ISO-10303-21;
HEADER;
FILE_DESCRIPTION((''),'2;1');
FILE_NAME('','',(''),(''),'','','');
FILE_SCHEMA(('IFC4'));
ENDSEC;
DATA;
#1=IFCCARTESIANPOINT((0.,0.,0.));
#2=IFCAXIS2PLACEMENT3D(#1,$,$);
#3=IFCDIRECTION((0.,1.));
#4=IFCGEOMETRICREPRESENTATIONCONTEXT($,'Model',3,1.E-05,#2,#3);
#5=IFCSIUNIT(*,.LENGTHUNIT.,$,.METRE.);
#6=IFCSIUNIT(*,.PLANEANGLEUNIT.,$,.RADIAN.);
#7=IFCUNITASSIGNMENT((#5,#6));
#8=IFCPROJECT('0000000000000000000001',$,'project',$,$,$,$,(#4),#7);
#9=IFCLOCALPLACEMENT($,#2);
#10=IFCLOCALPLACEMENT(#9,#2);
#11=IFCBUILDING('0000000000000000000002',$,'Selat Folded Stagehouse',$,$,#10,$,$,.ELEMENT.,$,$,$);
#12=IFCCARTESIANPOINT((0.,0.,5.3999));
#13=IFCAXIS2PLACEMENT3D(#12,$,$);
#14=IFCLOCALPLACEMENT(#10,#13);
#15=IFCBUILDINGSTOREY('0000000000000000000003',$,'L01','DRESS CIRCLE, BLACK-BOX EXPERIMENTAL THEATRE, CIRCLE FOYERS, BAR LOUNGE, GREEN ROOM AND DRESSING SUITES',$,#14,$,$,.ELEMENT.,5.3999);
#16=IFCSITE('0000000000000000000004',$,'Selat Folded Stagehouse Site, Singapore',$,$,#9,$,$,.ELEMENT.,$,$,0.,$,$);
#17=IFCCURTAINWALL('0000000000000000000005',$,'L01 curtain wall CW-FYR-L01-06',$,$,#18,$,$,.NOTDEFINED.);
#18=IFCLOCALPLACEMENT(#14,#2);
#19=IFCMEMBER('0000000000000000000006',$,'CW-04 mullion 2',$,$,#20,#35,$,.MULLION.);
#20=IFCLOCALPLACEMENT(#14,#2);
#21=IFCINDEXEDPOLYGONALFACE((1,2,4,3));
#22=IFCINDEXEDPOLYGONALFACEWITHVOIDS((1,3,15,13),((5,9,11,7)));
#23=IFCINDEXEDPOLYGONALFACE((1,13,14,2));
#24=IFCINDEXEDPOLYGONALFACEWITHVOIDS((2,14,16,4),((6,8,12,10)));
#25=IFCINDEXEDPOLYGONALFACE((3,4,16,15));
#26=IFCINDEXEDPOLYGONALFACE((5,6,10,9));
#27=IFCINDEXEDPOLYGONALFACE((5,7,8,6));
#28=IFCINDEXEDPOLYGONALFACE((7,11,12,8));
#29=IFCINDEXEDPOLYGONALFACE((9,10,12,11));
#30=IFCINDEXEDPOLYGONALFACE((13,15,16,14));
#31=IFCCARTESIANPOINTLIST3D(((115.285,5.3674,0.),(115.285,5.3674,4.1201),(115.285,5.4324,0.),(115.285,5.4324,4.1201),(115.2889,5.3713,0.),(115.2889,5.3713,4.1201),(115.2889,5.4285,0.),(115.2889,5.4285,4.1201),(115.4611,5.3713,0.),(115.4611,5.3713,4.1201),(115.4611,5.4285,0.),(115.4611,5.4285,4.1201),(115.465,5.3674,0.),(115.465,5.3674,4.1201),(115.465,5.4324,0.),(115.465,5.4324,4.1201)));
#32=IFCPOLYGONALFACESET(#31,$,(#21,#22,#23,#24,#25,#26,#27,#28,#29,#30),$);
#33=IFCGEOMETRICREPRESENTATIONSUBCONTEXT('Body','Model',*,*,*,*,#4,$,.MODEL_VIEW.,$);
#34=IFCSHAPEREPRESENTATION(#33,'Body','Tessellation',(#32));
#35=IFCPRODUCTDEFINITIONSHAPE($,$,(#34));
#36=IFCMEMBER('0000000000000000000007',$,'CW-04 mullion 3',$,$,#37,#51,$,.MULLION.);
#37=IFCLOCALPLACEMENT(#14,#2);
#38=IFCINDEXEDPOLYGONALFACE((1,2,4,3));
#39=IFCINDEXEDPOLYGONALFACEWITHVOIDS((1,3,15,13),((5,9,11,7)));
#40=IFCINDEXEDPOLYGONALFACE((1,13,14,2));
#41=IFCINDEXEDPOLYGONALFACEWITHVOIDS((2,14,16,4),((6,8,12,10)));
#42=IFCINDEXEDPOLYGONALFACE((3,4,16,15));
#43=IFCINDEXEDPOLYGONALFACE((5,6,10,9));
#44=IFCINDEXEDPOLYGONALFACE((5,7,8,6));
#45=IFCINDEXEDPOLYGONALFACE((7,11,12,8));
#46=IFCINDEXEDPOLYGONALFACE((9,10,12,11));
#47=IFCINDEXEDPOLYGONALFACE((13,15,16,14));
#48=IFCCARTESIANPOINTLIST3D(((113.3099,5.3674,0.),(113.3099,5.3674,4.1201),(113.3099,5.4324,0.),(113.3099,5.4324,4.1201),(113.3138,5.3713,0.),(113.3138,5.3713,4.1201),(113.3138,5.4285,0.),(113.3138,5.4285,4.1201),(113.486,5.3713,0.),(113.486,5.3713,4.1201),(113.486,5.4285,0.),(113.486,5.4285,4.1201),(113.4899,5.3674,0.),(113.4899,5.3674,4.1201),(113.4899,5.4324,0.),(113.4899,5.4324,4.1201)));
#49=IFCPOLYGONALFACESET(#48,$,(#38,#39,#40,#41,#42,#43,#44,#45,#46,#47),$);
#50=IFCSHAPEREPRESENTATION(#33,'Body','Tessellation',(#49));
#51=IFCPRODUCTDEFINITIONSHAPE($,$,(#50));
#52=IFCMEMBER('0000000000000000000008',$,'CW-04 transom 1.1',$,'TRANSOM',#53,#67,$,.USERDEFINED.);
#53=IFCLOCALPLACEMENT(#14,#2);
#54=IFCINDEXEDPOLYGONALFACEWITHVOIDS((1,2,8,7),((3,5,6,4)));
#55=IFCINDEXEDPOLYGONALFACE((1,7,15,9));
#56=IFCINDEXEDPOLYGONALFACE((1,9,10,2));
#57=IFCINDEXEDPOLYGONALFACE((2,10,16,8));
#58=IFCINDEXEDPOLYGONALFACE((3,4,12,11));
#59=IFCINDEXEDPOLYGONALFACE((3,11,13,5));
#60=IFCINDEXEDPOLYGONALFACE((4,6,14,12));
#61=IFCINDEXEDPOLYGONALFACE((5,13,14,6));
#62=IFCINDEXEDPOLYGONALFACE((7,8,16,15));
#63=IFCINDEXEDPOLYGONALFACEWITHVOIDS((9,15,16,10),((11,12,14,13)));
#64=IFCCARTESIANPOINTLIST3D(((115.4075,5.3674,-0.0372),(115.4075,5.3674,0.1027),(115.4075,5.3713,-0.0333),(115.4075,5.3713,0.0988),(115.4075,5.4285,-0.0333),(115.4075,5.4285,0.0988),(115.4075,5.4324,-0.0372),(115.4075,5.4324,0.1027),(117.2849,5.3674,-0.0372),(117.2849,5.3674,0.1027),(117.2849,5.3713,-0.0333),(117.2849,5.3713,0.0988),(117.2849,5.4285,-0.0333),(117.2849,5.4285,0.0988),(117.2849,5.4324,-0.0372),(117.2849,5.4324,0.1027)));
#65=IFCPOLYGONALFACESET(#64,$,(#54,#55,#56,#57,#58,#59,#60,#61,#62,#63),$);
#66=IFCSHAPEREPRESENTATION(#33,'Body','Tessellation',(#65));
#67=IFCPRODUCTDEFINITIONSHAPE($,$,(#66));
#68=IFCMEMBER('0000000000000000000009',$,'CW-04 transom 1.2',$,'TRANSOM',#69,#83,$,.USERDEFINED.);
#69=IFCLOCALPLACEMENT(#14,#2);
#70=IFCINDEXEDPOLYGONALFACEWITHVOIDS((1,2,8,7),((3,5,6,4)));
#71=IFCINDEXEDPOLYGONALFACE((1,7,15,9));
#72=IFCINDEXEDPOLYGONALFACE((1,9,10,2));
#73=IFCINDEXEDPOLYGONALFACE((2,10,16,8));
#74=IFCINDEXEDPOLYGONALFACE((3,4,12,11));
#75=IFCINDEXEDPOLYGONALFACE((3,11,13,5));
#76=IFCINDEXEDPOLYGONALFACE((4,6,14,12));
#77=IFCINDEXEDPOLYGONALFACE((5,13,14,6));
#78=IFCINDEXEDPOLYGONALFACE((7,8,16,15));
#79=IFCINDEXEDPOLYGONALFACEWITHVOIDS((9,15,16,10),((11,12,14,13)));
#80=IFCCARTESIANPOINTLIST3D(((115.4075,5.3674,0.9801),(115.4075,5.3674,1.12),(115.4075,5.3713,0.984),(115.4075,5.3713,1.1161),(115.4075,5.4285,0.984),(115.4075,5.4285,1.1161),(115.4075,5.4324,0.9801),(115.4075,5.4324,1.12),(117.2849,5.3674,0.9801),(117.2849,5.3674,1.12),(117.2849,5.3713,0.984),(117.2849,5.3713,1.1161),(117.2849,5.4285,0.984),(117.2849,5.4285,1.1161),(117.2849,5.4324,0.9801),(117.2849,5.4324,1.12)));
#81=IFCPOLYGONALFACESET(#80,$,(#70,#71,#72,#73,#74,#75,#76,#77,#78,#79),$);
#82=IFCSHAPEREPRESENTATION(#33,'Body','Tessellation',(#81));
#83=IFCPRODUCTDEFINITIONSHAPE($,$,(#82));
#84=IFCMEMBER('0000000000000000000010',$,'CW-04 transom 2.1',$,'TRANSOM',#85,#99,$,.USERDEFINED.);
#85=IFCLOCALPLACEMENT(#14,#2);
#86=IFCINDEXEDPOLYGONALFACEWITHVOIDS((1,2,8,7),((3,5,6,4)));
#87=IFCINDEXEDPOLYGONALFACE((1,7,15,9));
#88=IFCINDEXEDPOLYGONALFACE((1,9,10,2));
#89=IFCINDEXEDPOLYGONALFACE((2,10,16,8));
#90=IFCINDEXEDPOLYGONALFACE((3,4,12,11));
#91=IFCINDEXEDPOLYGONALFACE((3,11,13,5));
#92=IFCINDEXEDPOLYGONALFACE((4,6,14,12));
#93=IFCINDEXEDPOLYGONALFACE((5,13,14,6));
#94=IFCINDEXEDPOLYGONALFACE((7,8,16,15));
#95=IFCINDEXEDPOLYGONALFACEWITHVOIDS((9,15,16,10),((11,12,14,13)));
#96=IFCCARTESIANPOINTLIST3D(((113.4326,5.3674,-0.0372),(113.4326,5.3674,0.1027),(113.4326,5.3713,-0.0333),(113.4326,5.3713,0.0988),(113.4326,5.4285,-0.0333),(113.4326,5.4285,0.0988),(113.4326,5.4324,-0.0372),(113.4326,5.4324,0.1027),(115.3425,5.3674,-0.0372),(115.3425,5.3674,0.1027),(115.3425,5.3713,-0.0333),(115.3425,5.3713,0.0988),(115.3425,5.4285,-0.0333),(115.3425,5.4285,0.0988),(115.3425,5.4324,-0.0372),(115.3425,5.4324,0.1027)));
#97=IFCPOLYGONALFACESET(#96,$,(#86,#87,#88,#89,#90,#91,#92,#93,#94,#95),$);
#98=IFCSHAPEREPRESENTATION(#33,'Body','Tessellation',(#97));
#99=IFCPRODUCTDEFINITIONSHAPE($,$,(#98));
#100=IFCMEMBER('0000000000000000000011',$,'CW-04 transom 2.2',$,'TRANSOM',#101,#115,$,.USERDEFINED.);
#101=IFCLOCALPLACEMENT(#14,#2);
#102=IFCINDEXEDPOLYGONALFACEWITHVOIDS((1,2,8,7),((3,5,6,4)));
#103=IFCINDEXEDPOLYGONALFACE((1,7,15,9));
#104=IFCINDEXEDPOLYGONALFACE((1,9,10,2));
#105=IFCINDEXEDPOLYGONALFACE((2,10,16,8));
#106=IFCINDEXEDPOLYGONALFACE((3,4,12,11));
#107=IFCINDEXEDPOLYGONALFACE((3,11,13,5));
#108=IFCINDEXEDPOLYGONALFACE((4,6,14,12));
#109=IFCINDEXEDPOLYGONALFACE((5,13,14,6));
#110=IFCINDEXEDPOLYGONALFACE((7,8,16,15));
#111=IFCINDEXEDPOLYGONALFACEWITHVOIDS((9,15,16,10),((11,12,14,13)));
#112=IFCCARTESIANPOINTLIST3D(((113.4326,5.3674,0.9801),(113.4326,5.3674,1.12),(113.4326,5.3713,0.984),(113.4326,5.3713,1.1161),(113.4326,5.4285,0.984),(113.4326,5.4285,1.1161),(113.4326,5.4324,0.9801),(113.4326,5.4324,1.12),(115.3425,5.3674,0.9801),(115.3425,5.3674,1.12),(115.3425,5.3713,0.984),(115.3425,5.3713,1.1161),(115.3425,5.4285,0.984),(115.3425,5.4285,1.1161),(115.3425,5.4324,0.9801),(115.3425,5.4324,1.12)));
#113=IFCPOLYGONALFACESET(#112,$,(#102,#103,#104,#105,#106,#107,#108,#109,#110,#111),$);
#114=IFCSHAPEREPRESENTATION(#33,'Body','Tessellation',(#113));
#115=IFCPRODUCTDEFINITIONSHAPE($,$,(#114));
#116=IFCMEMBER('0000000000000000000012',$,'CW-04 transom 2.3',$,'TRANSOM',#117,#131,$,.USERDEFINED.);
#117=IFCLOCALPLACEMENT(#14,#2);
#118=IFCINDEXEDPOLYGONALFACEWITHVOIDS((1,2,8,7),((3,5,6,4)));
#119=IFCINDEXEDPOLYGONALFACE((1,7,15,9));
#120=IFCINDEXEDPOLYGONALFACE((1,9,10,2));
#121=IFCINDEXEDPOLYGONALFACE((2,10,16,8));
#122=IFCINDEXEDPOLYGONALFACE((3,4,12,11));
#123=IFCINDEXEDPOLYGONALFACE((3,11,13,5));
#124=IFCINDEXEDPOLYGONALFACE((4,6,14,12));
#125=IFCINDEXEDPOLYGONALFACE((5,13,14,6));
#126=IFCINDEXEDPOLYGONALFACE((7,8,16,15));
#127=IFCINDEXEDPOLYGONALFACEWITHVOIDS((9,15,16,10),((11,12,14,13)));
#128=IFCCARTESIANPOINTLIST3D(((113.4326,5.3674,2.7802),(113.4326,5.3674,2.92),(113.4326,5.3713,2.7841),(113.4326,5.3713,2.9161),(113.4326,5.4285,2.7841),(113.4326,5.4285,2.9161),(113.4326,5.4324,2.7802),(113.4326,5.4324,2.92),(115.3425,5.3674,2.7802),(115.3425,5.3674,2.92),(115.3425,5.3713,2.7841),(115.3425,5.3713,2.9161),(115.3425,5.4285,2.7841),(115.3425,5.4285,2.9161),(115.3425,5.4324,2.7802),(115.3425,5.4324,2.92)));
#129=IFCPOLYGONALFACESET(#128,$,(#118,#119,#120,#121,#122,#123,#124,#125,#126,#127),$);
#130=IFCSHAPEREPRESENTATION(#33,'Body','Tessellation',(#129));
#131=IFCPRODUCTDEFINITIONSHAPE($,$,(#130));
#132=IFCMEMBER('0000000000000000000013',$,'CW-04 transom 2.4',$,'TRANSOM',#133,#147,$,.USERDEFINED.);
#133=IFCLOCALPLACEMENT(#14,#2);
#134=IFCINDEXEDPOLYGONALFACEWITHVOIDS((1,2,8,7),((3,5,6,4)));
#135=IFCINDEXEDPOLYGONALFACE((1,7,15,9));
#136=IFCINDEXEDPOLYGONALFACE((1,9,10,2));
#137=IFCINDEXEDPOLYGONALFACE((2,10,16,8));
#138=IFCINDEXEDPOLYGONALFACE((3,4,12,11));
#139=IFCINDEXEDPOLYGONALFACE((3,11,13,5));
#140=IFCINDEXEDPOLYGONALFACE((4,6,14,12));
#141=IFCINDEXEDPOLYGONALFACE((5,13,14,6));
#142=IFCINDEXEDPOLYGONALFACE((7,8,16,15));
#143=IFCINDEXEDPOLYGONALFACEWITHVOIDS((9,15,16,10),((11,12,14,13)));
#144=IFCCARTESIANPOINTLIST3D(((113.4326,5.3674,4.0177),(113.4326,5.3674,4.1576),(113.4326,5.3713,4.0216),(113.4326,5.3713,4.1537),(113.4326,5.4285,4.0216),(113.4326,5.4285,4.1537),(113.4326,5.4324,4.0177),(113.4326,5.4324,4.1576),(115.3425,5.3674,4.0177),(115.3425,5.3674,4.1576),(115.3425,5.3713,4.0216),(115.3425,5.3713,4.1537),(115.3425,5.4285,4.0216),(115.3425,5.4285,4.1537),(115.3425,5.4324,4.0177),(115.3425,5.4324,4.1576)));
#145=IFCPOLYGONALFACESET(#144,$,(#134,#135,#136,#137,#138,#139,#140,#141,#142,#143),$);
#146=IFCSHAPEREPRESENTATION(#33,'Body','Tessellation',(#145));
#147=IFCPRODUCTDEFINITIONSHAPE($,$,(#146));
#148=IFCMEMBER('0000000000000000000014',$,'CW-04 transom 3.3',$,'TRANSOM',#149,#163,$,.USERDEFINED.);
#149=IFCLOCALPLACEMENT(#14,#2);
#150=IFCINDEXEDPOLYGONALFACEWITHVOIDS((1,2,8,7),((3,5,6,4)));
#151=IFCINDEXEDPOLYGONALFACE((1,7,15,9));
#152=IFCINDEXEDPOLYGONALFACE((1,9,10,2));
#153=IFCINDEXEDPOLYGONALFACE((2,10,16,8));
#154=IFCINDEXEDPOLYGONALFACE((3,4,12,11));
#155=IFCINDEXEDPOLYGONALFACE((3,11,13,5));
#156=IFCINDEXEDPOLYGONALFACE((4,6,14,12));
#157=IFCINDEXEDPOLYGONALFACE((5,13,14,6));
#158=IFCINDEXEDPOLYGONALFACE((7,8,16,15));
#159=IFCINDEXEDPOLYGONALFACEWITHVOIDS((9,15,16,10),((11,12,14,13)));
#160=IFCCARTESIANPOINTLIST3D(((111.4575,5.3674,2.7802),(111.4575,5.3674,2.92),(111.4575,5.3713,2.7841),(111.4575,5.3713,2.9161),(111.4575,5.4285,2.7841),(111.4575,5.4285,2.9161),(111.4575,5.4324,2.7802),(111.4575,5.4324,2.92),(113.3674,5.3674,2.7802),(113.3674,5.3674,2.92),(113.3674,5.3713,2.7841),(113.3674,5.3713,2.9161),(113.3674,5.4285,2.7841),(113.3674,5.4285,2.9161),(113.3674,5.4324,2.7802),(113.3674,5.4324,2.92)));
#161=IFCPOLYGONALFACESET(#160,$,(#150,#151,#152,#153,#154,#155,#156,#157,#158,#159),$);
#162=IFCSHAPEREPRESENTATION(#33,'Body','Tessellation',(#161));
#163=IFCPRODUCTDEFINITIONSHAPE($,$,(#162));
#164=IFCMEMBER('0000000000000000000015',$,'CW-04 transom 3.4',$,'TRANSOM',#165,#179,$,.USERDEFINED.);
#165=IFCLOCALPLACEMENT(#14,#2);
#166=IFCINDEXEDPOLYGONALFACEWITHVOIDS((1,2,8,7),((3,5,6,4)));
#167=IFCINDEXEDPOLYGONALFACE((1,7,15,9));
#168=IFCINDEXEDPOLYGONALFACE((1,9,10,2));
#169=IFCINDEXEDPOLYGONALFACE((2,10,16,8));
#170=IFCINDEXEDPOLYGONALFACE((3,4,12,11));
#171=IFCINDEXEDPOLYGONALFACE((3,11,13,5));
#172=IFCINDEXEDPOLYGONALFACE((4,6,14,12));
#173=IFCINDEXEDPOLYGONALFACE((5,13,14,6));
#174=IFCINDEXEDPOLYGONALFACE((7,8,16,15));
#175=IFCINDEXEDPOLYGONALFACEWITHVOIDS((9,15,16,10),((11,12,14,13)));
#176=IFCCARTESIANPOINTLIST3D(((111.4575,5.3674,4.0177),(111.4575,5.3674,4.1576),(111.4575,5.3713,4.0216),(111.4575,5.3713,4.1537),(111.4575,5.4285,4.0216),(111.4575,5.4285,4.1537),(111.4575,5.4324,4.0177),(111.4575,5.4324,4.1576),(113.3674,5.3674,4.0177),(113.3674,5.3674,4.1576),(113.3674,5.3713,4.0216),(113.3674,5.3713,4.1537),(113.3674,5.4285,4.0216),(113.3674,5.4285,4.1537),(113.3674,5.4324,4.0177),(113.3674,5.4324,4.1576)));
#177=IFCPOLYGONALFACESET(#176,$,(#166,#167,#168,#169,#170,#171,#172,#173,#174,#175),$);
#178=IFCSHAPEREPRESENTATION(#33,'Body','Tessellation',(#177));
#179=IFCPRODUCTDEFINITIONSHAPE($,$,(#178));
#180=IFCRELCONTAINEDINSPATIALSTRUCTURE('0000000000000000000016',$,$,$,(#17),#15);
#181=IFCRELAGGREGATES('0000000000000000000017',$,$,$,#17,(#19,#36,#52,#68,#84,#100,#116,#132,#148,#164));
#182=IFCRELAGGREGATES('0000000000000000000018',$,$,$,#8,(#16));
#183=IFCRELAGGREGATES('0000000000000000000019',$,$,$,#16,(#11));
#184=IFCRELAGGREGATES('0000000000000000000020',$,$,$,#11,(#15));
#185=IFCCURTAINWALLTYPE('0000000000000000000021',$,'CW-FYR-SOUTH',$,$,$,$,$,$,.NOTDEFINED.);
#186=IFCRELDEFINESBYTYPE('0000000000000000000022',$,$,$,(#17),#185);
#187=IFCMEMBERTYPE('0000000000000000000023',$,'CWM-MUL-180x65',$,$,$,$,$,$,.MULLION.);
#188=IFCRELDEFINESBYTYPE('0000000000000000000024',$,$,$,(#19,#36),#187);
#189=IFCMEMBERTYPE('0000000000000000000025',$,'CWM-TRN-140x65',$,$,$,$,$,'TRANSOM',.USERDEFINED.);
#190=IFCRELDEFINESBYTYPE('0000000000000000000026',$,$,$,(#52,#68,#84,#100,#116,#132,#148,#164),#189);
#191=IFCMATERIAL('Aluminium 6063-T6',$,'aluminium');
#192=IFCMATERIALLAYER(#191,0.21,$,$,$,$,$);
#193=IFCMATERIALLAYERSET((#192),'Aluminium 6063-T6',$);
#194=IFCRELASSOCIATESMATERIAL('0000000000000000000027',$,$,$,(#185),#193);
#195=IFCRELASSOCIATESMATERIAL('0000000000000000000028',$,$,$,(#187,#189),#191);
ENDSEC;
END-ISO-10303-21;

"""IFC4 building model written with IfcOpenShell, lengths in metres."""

from ifc_helpers import new_model, si_unit, direction, frame, origin, origin_2d, place, context, subcontext, project, spatial, hollow_rectangle, extrude, material, layer, layer_set, material_profile, profile_set, type_object, element, aggregate, save


model = new_model("IFC4")

# Units and contexts
model_context = context("Model", 3, precision=1e-05, world=origin(), true_north=direction((0.0, 1.0)))
body_context = subcontext(model_context, "Body", "Model", "MODEL_VIEW")
ifc_project = project(units=[si_unit("LENGTHUNIT", "METRE"), si_unit("PLANEANGLEUNIT", "RADIAN")], contexts=[model_context])

# Site, building, storey
site_placement = place(None, origin())
site = spatial("IfcSite", under=ifc_project, at=site_placement, Name="Selat Folded Stagehouse Site, Singapore", CompositionType="ELEMENT", RefElevation=0.0)
building_placement = place(site_placement, origin())
building = spatial("IfcBuilding", under=site, at=building_placement, Name="Selat Folded Stagehouse", CompositionType="ELEMENT")
storey_placement = place(building_placement, frame((0.0, 0.0, 5.3999)))
storey = spatial("IfcBuildingStorey", under=building, at=storey_placement, Name="L01", Description="DRESS CIRCLE, BLACK-BOX EXPERIMENTAL THEATRE, CIRCLE FOYERS, BAR LOUNGE, GREEN ROOM AND DRESSING SUITES", CompositionType="ELEMENT", Elevation=5.3999)

# Curtain wall, members
ifc_material_1 = material(Name="Aluminium 6063-T6", Category="aluminium")
ifc_layer_1 = layer(ifc_material_1, 0.21)
ifc_layer_set_1 = layer_set([ifc_layer_1], Name="Aluminium 6063-T6")
curtain_wall_type = type_object("IfcCurtainWallType", Name="CW-FYR-SOUTH", PredefinedType="NOTDEFINED", material=ifc_layer_set_1)
curtain_wall_placement = place(storey_placement, origin())
curtain_wall = element("IfcCurtainWall", 1, at=curtain_wall_placement, inside=storey, type_object=curtain_wall_type, Name="L01 curtain wall CW-FYR-L01-06", PredefinedType="NOTDEFINED")
ifc_material_profile_1 = material_profile(ifc_material_1, hollow_rectangle(XDim=0.0649, YDim=0.1799, WallThickness=0.0039, at=origin_2d()), Name="ALU 180x65x4.0")
ifc_profile_set_1 = profile_set([ifc_material_profile_1], Name="Aluminium 6063-T6")
member_type_1 = type_object("IfcMemberType", Name="CWM-MUL-180x65", PredefinedType="MULLION", material=ifc_profile_set_1)
member_1_placement = place(storey_placement, frame((115.375, 5.3999, 0.0), z_axis=(0.0, 0.0, 1.0), x_axis=(0.0, -1.0, 0.0)))
member_1 = element("IfcMember", 2, at=member_1_placement, type_object=member_type_1, Name="CW-04 mullion 2", PredefinedType="MULLION", context=body_context, shape_type="SweptSolid", body=[
    extrude(hollow_rectangle(XDim=0.0649, YDim=0.1799, WallThickness=0.0039, at=origin_2d()), origin(), (0.0, 0.0, 1.0), 4.1201),
])
member_2_placement = place(storey_placement, frame((113.3999, 5.3999, 0.0), z_axis=(0.0, 0.0, 1.0), x_axis=(0.0, -1.0, 0.0)))
member_2 = element("IfcMember", 3, at=member_2_placement, type_object=member_type_1, Name="CW-04 mullion 3", PredefinedType="MULLION", context=body_context, shape_type="SweptSolid", body=[
    extrude(hollow_rectangle(XDim=0.0649, YDim=0.1799, WallThickness=0.0039, at=origin_2d()), origin(), (0.0, 0.0, 1.0), 4.1201),
])
ifc_material_profile_2 = material_profile(ifc_material_1, hollow_rectangle(XDim=0.0649, YDim=0.1399, WallThickness=0.0039, at=origin_2d()), Name="ALU 140x65x4.0")
ifc_profile_set_2 = profile_set([ifc_material_profile_2], Name="Aluminium 6063-T6")
member_type_2 = type_object("IfcMemberType", Name="CWM-TRN-140x65", ElementType="TRANSOM", PredefinedType="USERDEFINED", material=ifc_profile_set_2)
member_3_placement = place(storey_placement, frame((117.2849, 5.3999, 0.0327), z_axis=(-1.0, 0.0, 0.0), x_axis=(0.0, -1.0, 0.0)))
member_3 = element("IfcMember", 4, at=member_3_placement, type_object=member_type_2, Name="CW-04 transom 1.1", ObjectType="TRANSOM", PredefinedType="USERDEFINED", context=body_context, shape_type="SweptSolid", body=[
    extrude(hollow_rectangle(XDim=0.0649, YDim=0.1399, WallThickness=0.0039, at=origin_2d()), origin(), (0.0, 0.0, 1.0), 1.8774),
])
member_4_placement = place(storey_placement, frame((117.2849, 5.3999, 1.05), z_axis=(-1.0, 0.0, 0.0), x_axis=(0.0, -1.0, 0.0)))
member_4 = element("IfcMember", 5, at=member_4_placement, type_object=member_type_2, Name="CW-04 transom 1.2", ObjectType="TRANSOM", PredefinedType="USERDEFINED", context=body_context, shape_type="SweptSolid", body=[
    extrude(hollow_rectangle(XDim=0.0649, YDim=0.1399, WallThickness=0.0039, at=origin_2d()), origin(), (0.0, 0.0, 1.0), 1.8774),
])
member_5_placement = place(storey_placement, frame((115.3425, 5.3999, 0.0327), z_axis=(-1.0, 0.0, 0.0), x_axis=(0.0, -1.0, 0.0)))
member_5 = element("IfcMember", 6, at=member_5_placement, type_object=member_type_2, Name="CW-04 transom 2.1", ObjectType="TRANSOM", PredefinedType="USERDEFINED", context=body_context, shape_type="SweptSolid", body=[
    extrude(hollow_rectangle(XDim=0.0649, YDim=0.1399, WallThickness=0.0039, at=origin_2d()), origin(), (0.0, 0.0, 1.0), 1.9099),
])
member_6_placement = place(storey_placement, frame((115.3425, 5.3999, 1.05), z_axis=(-1.0, 0.0, 0.0), x_axis=(0.0, -1.0, 0.0)))
member_6 = element("IfcMember", 7, at=member_6_placement, type_object=member_type_2, Name="CW-04 transom 2.2", ObjectType="TRANSOM", PredefinedType="USERDEFINED", context=body_context, shape_type="SweptSolid", body=[
    extrude(hollow_rectangle(XDim=0.0649, YDim=0.1399, WallThickness=0.0039, at=origin_2d()), origin(), (0.0, 0.0, 1.0), 1.9099),
])
member_7_placement = place(storey_placement, frame((115.3425, 5.3999, 2.8501), z_axis=(-1.0, 0.0, 0.0), x_axis=(0.0, -1.0, 0.0)))
member_7 = element("IfcMember", 8, at=member_7_placement, type_object=member_type_2, Name="CW-04 transom 2.3", ObjectType="TRANSOM", PredefinedType="USERDEFINED", context=body_context, shape_type="SweptSolid", body=[
    extrude(hollow_rectangle(XDim=0.0649, YDim=0.1399, WallThickness=0.0039, at=origin_2d()), origin(), (0.0, 0.0, 1.0), 1.9099),
])
member_8_placement = place(storey_placement, frame((115.3425, 5.3999, 4.0876), z_axis=(-1.0, 0.0, 0.0), x_axis=(0.0, -1.0, 0.0)))
member_8 = element("IfcMember", 9, at=member_8_placement, type_object=member_type_2, Name="CW-04 transom 2.4", ObjectType="TRANSOM", PredefinedType="USERDEFINED", context=body_context, shape_type="SweptSolid", body=[
    extrude(hollow_rectangle(XDim=0.0649, YDim=0.1399, WallThickness=0.0039, at=origin_2d()), origin(), (0.0, 0.0, 1.0), 1.9099),
])
member_9_placement = place(storey_placement, frame((113.3674, 5.3999, 2.8501), z_axis=(-1.0, 0.0, 0.0), x_axis=(0.0, -1.0, 0.0)))
member_9 = element("IfcMember", 10, at=member_9_placement, type_object=member_type_2, Name="CW-04 transom 3.3", ObjectType="TRANSOM", PredefinedType="USERDEFINED", context=body_context, shape_type="SweptSolid", body=[
    extrude(hollow_rectangle(XDim=0.0649, YDim=0.1399, WallThickness=0.0039, at=origin_2d()), origin(), (0.0, 0.0, 1.0), 1.9099),
])
member_10_placement = place(storey_placement, frame((113.3674, 5.3999, 4.0876), z_axis=(-1.0, 0.0, 0.0), x_axis=(0.0, -1.0, 0.0)))
member_10 = element("IfcMember", 11, at=member_10_placement, type_object=member_type_2, Name="CW-04 transom 3.4", ObjectType="TRANSOM", PredefinedType="USERDEFINED", context=body_context, shape_type="SweptSolid", body=[
    extrude(hollow_rectangle(XDim=0.0649, YDim=0.1399, WallThickness=0.0039, at=origin_2d()), origin(), (0.0, 0.0, 1.0), 1.9099),
])

aggregate(curtain_wall, [member_1, member_2, member_3, member_4, member_5, member_6, member_7, member_8, member_9, member_10])

save(model, "model.ifc")
